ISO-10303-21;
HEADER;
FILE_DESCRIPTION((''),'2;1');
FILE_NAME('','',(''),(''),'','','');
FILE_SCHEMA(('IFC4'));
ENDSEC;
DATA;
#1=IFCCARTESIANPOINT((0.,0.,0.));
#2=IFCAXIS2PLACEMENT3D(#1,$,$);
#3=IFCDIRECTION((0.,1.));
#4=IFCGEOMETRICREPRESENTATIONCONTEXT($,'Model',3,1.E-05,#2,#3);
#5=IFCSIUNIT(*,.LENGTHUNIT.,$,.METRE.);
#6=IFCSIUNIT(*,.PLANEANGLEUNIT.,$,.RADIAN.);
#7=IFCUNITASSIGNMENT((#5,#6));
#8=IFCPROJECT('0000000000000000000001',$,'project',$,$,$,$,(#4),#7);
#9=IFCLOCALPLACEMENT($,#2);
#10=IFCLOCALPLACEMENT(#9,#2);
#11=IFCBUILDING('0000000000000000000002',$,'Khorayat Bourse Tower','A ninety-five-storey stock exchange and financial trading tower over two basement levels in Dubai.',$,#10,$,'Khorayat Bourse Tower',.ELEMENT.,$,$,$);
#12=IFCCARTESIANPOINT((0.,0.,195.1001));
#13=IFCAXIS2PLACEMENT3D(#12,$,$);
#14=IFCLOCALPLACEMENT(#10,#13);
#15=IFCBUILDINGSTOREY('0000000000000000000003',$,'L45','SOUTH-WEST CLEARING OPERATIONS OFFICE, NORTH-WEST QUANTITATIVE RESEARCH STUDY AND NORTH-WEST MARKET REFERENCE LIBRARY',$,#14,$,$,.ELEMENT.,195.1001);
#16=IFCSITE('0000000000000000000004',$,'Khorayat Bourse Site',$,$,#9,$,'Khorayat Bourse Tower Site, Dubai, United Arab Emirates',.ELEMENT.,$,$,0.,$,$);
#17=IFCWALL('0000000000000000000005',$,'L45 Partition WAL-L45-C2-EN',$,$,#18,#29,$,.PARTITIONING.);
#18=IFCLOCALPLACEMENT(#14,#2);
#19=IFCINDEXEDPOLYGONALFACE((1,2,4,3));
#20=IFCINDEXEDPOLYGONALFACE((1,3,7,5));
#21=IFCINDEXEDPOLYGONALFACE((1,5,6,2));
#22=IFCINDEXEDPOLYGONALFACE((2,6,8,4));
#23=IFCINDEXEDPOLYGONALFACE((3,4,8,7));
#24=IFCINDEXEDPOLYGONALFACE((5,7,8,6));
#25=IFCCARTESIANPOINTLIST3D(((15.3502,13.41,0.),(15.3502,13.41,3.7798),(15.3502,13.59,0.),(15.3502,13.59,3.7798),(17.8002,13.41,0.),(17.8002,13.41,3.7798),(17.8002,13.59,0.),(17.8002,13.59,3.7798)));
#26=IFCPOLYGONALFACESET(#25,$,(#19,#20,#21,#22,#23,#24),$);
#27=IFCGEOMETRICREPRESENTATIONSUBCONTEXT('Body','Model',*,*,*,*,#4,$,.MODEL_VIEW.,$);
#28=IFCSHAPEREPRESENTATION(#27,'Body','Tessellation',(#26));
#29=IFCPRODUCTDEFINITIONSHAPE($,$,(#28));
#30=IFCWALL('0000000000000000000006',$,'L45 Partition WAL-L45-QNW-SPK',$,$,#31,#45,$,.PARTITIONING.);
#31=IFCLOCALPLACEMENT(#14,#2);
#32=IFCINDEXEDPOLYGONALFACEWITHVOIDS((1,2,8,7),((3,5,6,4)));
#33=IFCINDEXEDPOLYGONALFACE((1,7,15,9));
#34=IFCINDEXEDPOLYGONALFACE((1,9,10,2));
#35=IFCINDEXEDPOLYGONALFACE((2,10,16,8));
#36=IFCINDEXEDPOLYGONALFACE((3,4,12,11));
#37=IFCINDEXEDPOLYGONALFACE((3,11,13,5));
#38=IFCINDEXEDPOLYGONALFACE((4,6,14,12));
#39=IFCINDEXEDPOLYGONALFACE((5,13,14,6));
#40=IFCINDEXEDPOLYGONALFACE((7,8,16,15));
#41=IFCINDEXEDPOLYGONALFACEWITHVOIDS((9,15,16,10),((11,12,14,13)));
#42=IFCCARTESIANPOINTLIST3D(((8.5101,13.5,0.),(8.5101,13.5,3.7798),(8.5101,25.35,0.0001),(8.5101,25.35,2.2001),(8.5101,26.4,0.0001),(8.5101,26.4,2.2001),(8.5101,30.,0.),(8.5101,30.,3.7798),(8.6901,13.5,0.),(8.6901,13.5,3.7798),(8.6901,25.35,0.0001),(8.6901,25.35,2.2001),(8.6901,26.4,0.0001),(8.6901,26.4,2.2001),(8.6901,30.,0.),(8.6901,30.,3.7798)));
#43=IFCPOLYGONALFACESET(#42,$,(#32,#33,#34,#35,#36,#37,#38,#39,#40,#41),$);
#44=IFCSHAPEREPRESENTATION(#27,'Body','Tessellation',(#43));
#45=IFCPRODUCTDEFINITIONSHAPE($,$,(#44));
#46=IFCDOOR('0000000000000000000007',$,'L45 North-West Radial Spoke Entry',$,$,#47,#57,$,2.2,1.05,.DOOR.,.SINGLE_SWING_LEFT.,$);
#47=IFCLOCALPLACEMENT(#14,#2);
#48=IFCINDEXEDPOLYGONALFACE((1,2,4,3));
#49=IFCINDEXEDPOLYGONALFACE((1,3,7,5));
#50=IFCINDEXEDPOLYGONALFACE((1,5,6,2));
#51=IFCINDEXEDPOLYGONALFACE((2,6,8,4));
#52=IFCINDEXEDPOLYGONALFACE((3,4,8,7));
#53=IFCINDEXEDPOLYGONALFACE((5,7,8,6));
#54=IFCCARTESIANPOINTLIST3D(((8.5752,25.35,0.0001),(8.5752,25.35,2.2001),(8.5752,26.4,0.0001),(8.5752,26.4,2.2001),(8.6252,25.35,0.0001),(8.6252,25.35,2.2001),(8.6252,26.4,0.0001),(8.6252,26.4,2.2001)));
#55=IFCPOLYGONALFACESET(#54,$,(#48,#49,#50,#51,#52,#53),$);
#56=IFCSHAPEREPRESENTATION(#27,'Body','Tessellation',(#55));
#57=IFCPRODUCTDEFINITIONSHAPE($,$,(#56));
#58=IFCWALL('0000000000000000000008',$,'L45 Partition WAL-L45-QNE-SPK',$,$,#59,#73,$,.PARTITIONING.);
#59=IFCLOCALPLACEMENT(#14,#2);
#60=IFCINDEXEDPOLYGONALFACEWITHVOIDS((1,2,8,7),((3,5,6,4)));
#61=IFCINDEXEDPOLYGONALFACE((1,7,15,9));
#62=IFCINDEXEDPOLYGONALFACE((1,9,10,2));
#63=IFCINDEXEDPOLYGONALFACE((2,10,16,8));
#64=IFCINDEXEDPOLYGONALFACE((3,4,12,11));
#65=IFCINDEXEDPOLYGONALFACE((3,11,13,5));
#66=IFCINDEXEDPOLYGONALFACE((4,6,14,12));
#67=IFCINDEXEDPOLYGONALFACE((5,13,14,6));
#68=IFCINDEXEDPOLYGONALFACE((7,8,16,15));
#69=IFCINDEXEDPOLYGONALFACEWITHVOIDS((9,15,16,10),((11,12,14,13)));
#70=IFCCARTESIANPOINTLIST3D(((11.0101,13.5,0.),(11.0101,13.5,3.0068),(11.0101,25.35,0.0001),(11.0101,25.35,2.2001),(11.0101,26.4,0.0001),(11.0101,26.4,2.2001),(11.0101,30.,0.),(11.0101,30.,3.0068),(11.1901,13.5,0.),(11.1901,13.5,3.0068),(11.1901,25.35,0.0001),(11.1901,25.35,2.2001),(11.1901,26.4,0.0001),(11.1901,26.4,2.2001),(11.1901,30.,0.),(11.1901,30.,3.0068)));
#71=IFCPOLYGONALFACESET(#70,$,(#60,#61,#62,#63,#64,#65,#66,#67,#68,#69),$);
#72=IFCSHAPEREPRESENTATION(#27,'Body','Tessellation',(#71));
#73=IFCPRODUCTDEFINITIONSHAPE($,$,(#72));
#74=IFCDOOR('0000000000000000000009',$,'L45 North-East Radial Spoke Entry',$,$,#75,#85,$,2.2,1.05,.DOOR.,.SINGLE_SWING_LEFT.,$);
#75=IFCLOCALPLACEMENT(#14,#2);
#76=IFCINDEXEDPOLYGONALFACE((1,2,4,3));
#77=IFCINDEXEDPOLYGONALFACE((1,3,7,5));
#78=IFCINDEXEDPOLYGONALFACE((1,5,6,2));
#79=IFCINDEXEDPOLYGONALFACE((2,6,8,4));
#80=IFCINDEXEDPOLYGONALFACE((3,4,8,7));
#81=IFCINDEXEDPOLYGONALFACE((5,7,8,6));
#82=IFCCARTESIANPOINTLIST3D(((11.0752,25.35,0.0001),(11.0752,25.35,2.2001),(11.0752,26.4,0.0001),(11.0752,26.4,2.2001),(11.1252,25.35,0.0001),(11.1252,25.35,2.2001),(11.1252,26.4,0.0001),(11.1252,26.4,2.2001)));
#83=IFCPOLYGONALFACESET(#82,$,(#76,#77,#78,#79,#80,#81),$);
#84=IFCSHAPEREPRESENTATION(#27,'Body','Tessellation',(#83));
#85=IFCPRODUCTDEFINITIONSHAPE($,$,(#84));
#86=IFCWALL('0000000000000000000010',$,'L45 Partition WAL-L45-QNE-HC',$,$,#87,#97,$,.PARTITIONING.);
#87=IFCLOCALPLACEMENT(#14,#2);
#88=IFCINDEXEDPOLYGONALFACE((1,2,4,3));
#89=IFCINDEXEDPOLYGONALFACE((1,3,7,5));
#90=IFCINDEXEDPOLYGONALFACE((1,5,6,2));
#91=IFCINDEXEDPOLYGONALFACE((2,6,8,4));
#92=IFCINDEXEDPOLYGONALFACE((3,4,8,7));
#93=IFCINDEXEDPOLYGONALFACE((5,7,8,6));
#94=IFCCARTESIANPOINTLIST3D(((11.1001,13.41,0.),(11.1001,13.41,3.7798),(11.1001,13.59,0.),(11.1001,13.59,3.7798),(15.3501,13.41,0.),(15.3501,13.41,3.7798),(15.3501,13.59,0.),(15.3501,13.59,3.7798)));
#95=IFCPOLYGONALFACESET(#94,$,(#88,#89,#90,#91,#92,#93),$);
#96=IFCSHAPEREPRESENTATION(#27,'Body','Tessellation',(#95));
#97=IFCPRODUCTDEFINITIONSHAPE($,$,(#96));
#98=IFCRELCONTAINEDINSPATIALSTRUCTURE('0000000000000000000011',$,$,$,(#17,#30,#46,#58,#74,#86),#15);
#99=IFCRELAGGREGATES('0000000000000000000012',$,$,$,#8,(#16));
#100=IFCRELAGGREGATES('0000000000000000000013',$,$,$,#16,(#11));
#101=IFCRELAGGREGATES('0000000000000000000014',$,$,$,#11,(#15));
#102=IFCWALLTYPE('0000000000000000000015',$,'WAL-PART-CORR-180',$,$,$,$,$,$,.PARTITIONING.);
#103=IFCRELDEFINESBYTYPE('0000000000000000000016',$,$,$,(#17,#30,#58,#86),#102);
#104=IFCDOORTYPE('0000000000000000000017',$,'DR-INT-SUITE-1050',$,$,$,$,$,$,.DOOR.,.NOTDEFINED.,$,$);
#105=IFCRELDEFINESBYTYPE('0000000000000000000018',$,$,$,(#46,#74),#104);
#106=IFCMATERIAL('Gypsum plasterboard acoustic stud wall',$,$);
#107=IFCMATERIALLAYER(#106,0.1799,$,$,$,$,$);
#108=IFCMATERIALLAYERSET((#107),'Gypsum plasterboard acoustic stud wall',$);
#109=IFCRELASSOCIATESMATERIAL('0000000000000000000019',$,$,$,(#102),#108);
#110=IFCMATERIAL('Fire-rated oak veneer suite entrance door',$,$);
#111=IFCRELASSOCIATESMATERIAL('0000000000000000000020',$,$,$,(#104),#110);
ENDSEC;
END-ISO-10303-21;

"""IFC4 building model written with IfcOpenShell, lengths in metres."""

from ifc_helpers import new_model, si_unit, direction, frame, frame_2d, origin, place, context, subcontext, project, spatial, rectangle, extrude, source, transform, mapped, material, layer, layer_set, type_object, element, fill, save


model = new_model("IFC4")

# Units and contexts
model_context = context("Model", 3, precision=1e-05, world=origin(), true_north=direction((0.0, 1.0)))
body_context = subcontext(model_context, "Body", "Model", "MODEL_VIEW")
ifc_project = project(units=[si_unit("LENGTHUNIT", "METRE"), si_unit("PLANEANGLEUNIT", "RADIAN")], contexts=[model_context])

# Site, building, storey
site_placement = place(None, origin())
site = spatial("IfcSite", under=ifc_project, at=site_placement, Name="Khorayat Bourse Site", LongName="Khorayat Bourse Tower Site, Dubai, United Arab Emirates", CompositionType="ELEMENT", RefElevation=0.0)
building_placement = place(site_placement, origin())
building = spatial("IfcBuilding", under=site, at=building_placement, Name="Khorayat Bourse Tower", Description="A ninety-five-storey stock exchange and financial trading tower over two basement levels in Dubai.", LongName="Khorayat Bourse Tower", CompositionType="ELEMENT")
storey_placement = place(building_placement, frame((0.0, 0.0, 195.1001)))
storey = spatial("IfcBuildingStorey", under=building, at=storey_placement, Name="L45", Description="SOUTH-WEST CLEARING OPERATIONS OFFICE, NORTH-WEST QUANTITATIVE RESEARCH STUDY AND NORTH-WEST MARKET REFERENCE LIBRARY", CompositionType="ELEMENT", Elevation=195.1001)

# Wall
ifc_material_1 = material(Name="Gypsum plasterboard acoustic stud wall")
ifc_layer_1 = layer(ifc_material_1, 0.1799)
ifc_layer_set_1 = layer_set([ifc_layer_1], Name="Gypsum plasterboard acoustic stud wall")
wall_type = type_object("IfcWallType", Name="WAL-PART-CORR-180", PredefinedType="PARTITIONING", material=ifc_layer_set_1)
shared_shape_1 = source(origin(), body_context, "Body", "SweptSolid", [
    extrude(rectangle(XDim=2.45, YDim=0.1799, at=frame_2d((1.2251, 0.0))), origin(), (0.0, 0.0, 1.0), 3.7798),
])
wall_1_placement = place(storey_placement, frame((15.3501, 13.5, 0.0), z_axis=(0.0, 0.0, 1.0), x_axis=(1.0, 0.0, 0.0)))
element("IfcWall", 1, at=wall_1_placement, inside=storey, type_object=wall_type, Name="L45 Partition WAL-L45-C2-EN", PredefinedType="PARTITIONING", context=body_context, shape_type="MappedRepresentation", body=[
    mapped(shared_shape_1, transform((0.0, 0.0, 0.0), scale=1.0)),
])

# Walls, openings, doors
shared_shape_2 = source(origin(), body_context, "Body", "SweptSolid", [
    extrude(rectangle(XDim=16.5, YDim=0.1799, at=frame_2d((8.25, 0.0))), origin(), (0.0, 0.0, 1.0), 3.7798),
])
wall_2_placement = place(storey_placement, frame((8.6001, 13.5, 0.0), z_axis=(0.0, 0.0, 1.0), x_axis=(0.0, 1.0, 0.0)))
wall_2 = element("IfcWall", 2, at=wall_2_placement, inside=storey, type_object=wall_type, Name="L45 Partition WAL-L45-QNW-SPK", PredefinedType="PARTITIONING", context=body_context, shape_type="MappedRepresentation", body=[
    mapped(shared_shape_2, transform((0.0, 0.0, 0.0), scale=1.0)),
])
shared_shape_3 = source(origin(), body_context, "Body", "SweptSolid", [
    extrude(rectangle(XDim=1.05, YDim=2.2, at=frame_2d((0.5249, 1.1001))), frame((0.0, 0.0999, 0.0), z_axis=(0.0, -1.0, 0.0), x_axis=(1.0, 0.0, 0.0)), (0.0, 0.0, 1.0), 0.2),
])
opening_1_placement = place(wall_2_placement, frame((11.8501, 0.0, 0.0)))
opening_1 = element("IfcOpeningElement", 3, at=opening_1_placement, cuts=wall_2, PredefinedType="OPENING", context=body_context, shape_type="MappedRepresentation", body=[
    mapped(shared_shape_3, transform((0.0, 0.0, 0.0), scale=1.0)),
])
ifc_material_2 = material(Name="Fire-rated oak veneer suite entrance door")
door_type = type_object("IfcDoorType", Name="DR-INT-SUITE-1050", OperationType="NOTDEFINED", PredefinedType="DOOR", material=ifc_material_2)
shared_shape_4 = source(origin(), body_context, "Body", "SweptSolid", [
    extrude(rectangle(XDim=1.05, YDim=2.2, at=frame_2d((0.5249, 1.1001))), frame((0.0, 0.0249, 0.0), z_axis=(0.0, -1.0, 0.0), x_axis=(1.0, 0.0, 0.0)), (0.0, 0.0, 1.0), 0.05),
])
door_1_placement = place(opening_1_placement, origin())
door_1 = element("IfcDoor", 4, at=door_1_placement, inside=storey, type_object=door_type, Name="L45 North-West Radial Spoke Entry", OperationType="SINGLE_SWING_LEFT", OverallHeight=2.2, OverallWidth=1.05, PredefinedType="DOOR", context=body_context, shape_type="MappedRepresentation", body=[
    mapped(shared_shape_4, transform((0.0, 0.0, 0.0), scale=1.0)),
])
fill(opening_1, door_1)
shared_shape_5 = source(origin(), body_context, "Body", "SweptSolid", [
    extrude(rectangle(XDim=16.5, YDim=0.1799, at=frame_2d((8.25, 0.0))), origin(), (0.0, 0.0, 1.0), 3.0068),
])
wall_3_placement = place(storey_placement, frame((11.1001, 13.5, 0.0), z_axis=(0.0, 0.0, 1.0), x_axis=(0.0, 1.0, 0.0)))
wall_3 = element("IfcWall", 5, at=wall_3_placement, inside=storey, type_object=wall_type, Name="L45 Partition WAL-L45-QNE-SPK", PredefinedType="PARTITIONING", context=body_context, shape_type="MappedRepresentation", body=[
    mapped(shared_shape_5, transform((0.0, 0.0, 0.0), scale=1.0)),
])
opening_2_placement = place(wall_3_placement, frame((11.8501, 0.0, 0.0)))
opening_2 = element("IfcOpeningElement", 6, at=opening_2_placement, cuts=wall_3, PredefinedType="OPENING", context=body_context, shape_type="MappedRepresentation", body=[
    mapped(shared_shape_3, transform((0.0, 0.0, 0.0), scale=1.0)),
])
door_2_placement = place(opening_2_placement, origin())
door_2 = element("IfcDoor", 7, at=door_2_placement, inside=storey, type_object=door_type, Name="L45 North-East Radial Spoke Entry", OperationType="SINGLE_SWING_LEFT", OverallHeight=2.2, OverallWidth=1.05, PredefinedType="DOOR", context=body_context, shape_type="MappedRepresentation", body=[
    mapped(shared_shape_4, transform((0.0, 0.0, 0.0), scale=1.0)),
])
fill(opening_2, door_2)

# Wall
shared_shape_6 = source(origin(), body_context, "Body", "SweptSolid", [
    extrude(rectangle(XDim=4.25, YDim=0.1799, at=frame_2d((2.125, 0.0))), origin(), (0.0, 0.0, 1.0), 3.7798),
])
wall_4_placement = place(storey_placement, frame((11.1001, 13.5, 0.0), z_axis=(0.0, 0.0, 1.0), x_axis=(1.0, 0.0, 0.0)))
element("IfcWall", 8, at=wall_4_placement, inside=storey, type_object=wall_type, Name="L45 Partition WAL-L45-QNE-HC", PredefinedType="PARTITIONING", context=body_context, shape_type="MappedRepresentation", body=[
    mapped(shared_shape_6, transform((0.0, 0.0, 0.0), scale=1.0)),
])

save(model, "model.ifc")
